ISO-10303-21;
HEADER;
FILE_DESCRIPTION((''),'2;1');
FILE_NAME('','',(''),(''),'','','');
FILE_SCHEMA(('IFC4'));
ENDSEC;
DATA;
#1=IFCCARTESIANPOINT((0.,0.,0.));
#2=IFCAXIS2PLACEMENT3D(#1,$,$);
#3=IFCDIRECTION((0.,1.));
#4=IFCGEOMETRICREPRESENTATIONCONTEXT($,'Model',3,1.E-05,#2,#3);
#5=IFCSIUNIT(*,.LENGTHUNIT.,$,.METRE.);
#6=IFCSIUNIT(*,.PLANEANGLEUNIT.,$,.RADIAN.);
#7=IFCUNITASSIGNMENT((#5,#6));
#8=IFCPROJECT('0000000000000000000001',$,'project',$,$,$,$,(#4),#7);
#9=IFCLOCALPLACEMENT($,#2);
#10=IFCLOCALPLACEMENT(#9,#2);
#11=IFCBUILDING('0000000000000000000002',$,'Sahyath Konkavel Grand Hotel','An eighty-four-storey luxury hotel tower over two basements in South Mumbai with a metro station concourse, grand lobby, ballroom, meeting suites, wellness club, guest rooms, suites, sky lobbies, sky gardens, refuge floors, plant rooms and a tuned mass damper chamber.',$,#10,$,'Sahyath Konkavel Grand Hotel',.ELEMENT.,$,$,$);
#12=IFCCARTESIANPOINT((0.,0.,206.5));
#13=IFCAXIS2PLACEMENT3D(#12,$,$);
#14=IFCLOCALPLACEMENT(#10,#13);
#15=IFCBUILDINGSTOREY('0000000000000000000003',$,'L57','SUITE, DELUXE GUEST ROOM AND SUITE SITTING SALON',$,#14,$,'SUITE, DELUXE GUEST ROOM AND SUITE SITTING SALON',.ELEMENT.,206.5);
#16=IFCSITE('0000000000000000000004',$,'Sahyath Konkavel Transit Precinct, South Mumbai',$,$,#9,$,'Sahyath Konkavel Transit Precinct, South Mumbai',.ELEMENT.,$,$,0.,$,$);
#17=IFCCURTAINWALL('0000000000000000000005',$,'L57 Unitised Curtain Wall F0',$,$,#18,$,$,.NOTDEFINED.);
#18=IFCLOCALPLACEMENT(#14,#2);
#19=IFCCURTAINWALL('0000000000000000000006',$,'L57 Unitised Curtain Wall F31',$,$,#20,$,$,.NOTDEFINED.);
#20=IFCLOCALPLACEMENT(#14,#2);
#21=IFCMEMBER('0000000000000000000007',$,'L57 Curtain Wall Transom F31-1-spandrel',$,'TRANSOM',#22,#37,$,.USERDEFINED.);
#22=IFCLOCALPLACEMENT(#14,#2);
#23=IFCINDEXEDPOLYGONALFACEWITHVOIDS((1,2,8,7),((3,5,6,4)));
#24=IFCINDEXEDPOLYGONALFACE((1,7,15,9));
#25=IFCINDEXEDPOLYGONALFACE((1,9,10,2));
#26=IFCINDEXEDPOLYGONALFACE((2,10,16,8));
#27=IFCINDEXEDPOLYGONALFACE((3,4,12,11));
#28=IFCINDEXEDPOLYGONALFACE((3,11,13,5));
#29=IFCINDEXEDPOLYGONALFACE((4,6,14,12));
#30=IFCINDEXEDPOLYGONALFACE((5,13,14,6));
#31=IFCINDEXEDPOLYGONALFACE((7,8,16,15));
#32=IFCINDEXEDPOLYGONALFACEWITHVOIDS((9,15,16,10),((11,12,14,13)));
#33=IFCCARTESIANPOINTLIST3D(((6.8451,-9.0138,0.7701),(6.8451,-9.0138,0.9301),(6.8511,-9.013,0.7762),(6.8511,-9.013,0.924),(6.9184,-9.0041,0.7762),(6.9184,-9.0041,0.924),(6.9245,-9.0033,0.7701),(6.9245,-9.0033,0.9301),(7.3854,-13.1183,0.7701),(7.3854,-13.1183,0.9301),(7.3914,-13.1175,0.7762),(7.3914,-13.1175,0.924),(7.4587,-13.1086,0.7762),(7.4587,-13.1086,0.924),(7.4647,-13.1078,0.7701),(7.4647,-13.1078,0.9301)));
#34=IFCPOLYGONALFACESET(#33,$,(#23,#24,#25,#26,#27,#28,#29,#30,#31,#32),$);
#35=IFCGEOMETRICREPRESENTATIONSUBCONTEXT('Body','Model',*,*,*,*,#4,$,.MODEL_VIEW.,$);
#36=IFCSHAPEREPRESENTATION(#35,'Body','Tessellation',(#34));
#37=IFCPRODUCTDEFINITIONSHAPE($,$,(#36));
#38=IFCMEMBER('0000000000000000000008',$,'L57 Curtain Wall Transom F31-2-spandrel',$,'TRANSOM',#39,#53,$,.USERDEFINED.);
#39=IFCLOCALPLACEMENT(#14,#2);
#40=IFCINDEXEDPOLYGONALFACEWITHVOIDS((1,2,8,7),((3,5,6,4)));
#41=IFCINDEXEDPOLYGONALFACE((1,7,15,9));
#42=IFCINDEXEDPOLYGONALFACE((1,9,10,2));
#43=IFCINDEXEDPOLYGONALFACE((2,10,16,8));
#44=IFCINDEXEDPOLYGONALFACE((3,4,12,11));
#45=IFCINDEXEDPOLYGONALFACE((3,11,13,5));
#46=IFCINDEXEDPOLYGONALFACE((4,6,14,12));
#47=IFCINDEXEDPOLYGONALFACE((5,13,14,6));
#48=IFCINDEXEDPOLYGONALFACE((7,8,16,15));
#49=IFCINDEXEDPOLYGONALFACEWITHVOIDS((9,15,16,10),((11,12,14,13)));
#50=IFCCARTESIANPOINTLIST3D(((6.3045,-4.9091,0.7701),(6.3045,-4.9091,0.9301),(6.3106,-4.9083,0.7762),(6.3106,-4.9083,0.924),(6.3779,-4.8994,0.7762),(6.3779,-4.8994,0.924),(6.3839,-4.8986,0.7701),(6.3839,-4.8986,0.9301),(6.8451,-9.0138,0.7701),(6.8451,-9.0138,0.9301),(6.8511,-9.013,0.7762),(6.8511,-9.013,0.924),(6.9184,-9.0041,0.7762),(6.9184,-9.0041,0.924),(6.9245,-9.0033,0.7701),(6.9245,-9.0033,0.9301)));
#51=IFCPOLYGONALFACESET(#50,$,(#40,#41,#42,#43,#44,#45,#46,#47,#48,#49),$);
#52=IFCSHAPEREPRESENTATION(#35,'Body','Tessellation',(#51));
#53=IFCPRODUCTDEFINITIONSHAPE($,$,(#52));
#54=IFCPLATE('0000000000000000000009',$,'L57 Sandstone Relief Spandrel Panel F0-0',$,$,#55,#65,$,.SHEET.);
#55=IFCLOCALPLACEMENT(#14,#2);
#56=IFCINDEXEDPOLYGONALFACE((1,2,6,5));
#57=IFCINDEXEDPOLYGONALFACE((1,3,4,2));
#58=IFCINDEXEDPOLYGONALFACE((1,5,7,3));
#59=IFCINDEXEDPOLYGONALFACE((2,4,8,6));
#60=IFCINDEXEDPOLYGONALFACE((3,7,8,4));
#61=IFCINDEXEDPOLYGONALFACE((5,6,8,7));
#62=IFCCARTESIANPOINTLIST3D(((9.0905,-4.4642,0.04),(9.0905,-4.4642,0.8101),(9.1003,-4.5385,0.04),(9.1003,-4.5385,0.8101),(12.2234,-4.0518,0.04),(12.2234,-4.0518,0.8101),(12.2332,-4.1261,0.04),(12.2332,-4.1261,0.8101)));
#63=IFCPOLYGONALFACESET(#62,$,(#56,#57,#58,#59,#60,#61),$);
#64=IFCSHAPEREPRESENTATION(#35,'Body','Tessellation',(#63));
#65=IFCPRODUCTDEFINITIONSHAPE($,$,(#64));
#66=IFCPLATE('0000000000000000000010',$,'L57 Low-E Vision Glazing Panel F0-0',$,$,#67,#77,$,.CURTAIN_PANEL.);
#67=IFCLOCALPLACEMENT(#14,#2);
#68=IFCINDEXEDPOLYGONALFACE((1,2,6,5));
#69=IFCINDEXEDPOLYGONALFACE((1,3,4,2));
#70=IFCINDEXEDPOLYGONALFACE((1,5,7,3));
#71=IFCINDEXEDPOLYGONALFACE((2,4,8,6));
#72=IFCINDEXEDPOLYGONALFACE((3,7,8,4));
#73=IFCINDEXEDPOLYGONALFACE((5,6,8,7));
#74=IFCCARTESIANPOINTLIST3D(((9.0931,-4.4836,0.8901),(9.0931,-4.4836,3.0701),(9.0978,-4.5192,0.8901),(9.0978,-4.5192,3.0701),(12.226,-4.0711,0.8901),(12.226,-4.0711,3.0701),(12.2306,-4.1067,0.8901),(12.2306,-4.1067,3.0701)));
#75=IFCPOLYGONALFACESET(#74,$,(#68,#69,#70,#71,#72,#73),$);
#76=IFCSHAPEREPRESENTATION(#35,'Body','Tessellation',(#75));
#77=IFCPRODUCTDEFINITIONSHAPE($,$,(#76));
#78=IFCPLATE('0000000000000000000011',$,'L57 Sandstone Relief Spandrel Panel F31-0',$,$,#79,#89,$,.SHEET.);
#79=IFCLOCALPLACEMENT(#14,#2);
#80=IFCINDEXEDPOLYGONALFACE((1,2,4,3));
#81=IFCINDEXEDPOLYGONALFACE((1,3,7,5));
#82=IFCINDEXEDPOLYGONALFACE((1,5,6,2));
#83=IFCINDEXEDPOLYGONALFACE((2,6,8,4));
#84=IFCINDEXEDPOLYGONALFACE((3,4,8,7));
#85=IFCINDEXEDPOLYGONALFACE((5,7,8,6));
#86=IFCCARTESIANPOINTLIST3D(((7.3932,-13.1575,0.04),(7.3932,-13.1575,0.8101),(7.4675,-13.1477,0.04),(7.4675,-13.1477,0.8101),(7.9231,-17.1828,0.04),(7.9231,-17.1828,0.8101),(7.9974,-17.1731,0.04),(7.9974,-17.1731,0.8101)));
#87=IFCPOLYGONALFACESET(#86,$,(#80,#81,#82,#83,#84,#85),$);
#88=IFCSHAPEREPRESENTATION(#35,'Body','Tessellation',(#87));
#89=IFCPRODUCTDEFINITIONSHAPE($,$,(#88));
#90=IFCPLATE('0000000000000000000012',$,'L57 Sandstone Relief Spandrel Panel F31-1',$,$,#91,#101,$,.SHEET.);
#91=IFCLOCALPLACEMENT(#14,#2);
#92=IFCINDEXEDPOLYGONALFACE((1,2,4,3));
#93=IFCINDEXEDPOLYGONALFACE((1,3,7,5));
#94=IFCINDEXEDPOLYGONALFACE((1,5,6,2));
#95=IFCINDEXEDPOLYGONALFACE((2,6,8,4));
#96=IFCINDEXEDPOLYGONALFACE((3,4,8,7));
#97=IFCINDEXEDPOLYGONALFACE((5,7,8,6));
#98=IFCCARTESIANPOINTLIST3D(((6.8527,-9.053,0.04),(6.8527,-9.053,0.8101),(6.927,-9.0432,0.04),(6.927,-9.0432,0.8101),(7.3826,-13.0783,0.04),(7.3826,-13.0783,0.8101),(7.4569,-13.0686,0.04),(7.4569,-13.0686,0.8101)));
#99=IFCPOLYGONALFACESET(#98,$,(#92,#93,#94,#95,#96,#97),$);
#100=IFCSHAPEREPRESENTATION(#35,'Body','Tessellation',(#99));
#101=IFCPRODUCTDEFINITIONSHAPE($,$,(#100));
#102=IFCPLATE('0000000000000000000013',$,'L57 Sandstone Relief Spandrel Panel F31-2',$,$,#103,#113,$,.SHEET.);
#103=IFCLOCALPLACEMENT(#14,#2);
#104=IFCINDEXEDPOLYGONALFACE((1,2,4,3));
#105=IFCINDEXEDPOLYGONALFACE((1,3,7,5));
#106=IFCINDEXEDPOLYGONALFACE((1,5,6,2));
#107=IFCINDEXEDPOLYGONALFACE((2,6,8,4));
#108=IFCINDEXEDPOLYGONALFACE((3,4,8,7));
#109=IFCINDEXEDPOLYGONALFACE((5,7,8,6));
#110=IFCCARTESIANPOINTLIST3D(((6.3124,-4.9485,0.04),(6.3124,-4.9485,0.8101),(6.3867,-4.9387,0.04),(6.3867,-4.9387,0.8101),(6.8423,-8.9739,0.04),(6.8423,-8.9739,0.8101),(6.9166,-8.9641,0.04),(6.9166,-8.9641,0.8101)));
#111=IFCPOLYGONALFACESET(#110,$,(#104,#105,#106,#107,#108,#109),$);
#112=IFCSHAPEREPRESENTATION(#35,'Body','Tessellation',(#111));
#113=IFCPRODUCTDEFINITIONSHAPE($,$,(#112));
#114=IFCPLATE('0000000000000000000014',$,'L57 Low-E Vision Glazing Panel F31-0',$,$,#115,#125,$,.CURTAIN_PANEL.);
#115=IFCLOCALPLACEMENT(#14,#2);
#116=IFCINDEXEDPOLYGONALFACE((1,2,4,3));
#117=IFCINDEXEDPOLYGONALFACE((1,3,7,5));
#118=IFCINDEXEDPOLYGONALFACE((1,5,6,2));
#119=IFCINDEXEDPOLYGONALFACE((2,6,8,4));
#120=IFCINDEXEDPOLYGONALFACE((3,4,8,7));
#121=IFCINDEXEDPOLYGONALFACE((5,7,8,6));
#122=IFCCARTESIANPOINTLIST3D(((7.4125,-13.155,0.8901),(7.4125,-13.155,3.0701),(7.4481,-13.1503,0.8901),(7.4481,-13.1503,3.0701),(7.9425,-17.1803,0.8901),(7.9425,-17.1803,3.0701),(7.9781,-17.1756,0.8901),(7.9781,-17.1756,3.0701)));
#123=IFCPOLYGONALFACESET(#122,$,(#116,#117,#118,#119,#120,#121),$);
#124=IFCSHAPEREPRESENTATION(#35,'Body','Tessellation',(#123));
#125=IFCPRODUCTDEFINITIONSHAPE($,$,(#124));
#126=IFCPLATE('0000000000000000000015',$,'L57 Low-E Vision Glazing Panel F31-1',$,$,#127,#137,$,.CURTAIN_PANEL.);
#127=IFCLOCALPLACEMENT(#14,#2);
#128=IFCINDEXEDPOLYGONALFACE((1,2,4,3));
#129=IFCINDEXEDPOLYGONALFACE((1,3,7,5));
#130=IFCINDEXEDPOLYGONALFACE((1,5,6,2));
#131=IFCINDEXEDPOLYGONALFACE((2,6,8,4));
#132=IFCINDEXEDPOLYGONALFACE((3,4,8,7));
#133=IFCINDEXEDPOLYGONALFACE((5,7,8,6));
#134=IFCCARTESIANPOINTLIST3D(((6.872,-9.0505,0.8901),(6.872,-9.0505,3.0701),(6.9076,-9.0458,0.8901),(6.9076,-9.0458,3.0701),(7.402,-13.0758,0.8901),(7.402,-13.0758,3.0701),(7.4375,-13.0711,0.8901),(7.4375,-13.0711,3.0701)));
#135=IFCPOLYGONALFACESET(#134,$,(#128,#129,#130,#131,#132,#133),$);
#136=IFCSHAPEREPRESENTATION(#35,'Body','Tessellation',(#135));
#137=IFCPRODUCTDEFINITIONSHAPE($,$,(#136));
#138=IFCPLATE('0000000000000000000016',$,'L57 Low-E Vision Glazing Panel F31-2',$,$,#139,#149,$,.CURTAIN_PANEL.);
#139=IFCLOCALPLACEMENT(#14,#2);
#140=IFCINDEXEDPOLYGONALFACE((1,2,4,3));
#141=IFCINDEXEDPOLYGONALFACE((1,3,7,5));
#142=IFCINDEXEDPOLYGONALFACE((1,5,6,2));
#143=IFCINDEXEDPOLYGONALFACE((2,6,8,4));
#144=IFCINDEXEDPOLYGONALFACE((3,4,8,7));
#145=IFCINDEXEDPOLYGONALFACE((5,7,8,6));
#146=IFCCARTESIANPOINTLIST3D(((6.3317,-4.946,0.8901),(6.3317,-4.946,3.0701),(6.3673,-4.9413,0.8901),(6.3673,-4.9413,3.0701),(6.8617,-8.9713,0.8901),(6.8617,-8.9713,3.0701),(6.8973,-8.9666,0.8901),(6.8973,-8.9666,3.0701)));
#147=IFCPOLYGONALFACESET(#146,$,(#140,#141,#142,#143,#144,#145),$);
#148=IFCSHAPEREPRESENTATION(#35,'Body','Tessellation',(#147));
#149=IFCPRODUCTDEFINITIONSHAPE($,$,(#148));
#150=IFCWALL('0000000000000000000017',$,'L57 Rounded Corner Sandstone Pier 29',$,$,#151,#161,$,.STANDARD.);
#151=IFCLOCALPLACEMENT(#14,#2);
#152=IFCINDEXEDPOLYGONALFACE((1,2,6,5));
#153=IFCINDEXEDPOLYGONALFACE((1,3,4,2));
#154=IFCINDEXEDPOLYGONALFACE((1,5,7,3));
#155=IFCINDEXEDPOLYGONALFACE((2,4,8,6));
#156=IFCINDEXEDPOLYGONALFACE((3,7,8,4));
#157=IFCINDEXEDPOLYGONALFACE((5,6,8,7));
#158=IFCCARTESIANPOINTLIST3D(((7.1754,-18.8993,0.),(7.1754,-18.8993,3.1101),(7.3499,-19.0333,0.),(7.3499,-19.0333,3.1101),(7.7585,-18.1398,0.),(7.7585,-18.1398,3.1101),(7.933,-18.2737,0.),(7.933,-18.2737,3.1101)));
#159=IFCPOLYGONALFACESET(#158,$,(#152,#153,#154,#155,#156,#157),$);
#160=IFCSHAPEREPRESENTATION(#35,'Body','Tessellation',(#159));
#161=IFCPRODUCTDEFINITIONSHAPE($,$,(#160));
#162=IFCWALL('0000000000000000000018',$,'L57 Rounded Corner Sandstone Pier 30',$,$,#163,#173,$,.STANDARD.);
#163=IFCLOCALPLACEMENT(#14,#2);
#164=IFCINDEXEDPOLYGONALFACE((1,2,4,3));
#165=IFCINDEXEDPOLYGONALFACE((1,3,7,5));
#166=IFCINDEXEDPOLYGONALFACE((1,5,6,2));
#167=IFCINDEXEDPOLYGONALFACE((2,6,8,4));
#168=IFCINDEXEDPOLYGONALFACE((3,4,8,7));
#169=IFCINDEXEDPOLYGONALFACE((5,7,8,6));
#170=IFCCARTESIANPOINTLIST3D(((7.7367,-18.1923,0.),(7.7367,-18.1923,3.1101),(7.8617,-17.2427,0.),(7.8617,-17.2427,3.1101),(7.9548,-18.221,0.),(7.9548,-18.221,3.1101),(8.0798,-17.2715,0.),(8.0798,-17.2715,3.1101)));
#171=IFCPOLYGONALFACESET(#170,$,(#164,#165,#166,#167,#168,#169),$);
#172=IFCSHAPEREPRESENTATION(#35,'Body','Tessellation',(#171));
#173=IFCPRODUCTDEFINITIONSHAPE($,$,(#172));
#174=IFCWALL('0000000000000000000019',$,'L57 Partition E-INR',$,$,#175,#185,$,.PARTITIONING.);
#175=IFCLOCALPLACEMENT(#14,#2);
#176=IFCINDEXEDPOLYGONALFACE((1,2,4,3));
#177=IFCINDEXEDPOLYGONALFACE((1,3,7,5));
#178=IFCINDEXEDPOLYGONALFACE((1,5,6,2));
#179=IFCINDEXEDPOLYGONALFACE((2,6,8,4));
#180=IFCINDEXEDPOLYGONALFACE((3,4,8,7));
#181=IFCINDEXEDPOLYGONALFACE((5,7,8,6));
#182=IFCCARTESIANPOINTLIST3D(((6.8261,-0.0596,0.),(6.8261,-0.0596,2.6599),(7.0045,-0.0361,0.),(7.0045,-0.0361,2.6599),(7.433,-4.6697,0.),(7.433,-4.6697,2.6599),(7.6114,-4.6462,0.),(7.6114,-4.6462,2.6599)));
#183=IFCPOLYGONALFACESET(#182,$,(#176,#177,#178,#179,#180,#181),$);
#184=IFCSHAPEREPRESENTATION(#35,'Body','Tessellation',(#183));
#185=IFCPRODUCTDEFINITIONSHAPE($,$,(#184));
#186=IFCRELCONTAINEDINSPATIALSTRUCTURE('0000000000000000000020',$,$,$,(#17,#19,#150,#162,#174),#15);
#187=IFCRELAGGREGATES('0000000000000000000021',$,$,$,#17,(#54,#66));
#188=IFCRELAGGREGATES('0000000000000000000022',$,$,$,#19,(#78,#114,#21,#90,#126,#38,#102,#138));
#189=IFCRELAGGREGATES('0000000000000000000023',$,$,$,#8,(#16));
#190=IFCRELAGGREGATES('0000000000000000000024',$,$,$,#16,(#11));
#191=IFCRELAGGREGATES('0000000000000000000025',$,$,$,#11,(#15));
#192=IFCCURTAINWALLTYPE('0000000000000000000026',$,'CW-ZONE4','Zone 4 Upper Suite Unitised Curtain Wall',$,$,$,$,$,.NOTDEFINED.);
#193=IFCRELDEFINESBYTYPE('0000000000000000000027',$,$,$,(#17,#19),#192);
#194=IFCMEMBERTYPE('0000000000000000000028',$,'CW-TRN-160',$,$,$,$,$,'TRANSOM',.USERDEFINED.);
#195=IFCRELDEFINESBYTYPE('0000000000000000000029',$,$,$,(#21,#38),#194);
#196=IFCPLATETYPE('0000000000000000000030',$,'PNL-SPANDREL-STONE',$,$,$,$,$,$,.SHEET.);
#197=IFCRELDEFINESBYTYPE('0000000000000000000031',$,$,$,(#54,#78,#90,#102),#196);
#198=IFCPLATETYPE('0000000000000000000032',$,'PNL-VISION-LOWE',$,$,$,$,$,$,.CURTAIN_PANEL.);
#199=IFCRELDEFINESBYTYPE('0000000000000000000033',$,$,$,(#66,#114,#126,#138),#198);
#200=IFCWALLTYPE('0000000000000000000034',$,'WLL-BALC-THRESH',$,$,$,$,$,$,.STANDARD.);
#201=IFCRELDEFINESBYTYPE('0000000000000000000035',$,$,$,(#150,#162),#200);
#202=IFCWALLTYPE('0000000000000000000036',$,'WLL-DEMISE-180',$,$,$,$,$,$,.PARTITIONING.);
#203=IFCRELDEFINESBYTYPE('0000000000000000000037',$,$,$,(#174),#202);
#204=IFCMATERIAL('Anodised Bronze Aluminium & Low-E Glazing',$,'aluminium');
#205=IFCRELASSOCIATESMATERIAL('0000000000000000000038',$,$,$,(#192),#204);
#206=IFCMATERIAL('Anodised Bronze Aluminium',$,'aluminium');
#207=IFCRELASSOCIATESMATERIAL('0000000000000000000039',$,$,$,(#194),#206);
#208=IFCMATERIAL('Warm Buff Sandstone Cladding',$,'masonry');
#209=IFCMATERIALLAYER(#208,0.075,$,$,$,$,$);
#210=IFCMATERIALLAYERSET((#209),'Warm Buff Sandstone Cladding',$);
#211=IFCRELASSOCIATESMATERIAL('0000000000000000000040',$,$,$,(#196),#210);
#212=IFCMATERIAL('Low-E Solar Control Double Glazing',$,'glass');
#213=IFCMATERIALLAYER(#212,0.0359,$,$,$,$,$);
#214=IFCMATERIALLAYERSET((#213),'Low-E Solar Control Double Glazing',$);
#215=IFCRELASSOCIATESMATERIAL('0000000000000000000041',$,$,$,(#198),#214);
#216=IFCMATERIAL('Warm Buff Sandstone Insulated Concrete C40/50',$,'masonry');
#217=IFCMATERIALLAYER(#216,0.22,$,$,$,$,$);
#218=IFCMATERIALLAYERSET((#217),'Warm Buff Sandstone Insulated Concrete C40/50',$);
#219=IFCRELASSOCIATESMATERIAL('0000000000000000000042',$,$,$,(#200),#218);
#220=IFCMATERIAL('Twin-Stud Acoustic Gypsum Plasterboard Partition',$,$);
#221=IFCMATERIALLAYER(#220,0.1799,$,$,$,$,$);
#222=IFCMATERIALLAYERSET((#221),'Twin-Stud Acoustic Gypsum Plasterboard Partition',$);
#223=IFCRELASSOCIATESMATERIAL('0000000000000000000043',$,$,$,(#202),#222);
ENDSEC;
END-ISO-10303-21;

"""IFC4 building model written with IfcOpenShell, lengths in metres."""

from ifc_helpers import new_model, si_unit, direction, frame, frame_2d, origin, origin_2d, place, context, subcontext, project, spatial, rectangle, hollow_rectangle, extrude, source, transform, mapped, material, layer, layer_set, material_profile, profile_set, type_object, element, aggregate, save


model = new_model("IFC4")

# Units and contexts
model_context = context("Model", 3, precision=1e-05, world=origin(), true_north=direction((0.0, 1.0)))
body_context = subcontext(model_context, "Body", "Model", "MODEL_VIEW")
ifc_project = project(units=[si_unit("LENGTHUNIT", "METRE"), si_unit("PLANEANGLEUNIT", "RADIAN")], contexts=[model_context])

# Site, building, storey
site_placement = place(None, origin())
site = spatial("IfcSite", under=ifc_project, at=site_placement, Name="Sahyath Konkavel Transit Precinct, South Mumbai", LongName="Sahyath Konkavel Transit Precinct, South Mumbai", CompositionType="ELEMENT", RefElevation=0.0)
building_placement = place(site_placement, origin())
building = spatial("IfcBuilding", under=site, at=building_placement, Name="Sahyath Konkavel Grand Hotel", Description="An eighty-four-storey luxury hotel tower over two basements in South Mumbai with a metro station concourse, grand lobby, ballroom, meeting suites, wellness club, guest rooms, suites, sky lobbies, sky gardens, refuge floors, plant rooms and a tuned mass damper chamber.", LongName="Sahyath Konkavel Grand Hotel", CompositionType="ELEMENT")
storey_placement = place(building_placement, frame((0.0, 0.0, 206.5)))
storey = spatial("IfcBuildingStorey", under=building, at=storey_placement, Name="L57", Description="SUITE, DELUXE GUEST ROOM AND SUITE SITTING SALON", LongName="SUITE, DELUXE GUEST ROOM AND SUITE SITTING SALON", CompositionType="ELEMENT", Elevation=206.5)

# Curtain walls
ifc_material_1 = material(Name="Anodised Bronze Aluminium & Low-E Glazing", Category="aluminium")
curtain_wall_type = type_object("IfcCurtainWallType", Name="CW-ZONE4", Description="Zone 4 Upper Suite Unitised Curtain Wall", PredefinedType="NOTDEFINED", material=ifc_material_1)
curtain_wall_1_placement = place(storey_placement, origin())
curtain_wall_1 = element("IfcCurtainWall", 1, at=curtain_wall_1_placement, inside=storey, type_object=curtain_wall_type, Name="L57 Unitised Curtain Wall F0", PredefinedType="NOTDEFINED")
curtain_wall_2_placement = place(storey_placement, origin())
curtain_wall_2 = element("IfcCurtainWall", 2, at=curtain_wall_2_placement, inside=storey, type_object=curtain_wall_type, Name="L57 Unitised Curtain Wall F31", PredefinedType="NOTDEFINED")

# Shared definitions
ifc_material_2 = material(Name="Anodised Bronze Aluminium", Category="aluminium")

# Members
ifc_material_profile_1 = material_profile(ifc_material_2, hollow_rectangle(XDim=0.0801, YDim=0.1599, WallThickness=0.0061, at=origin_2d()), Name="RHS 160x80x6")
ifc_profile_set_1 = profile_set([ifc_material_profile_1], Name="Anodised Bronze Aluminium")
member_type_1 = type_object("IfcMemberType", Name="CW-TRN-160", ElementType="TRANSOM", PredefinedType="USERDEFINED", material=ifc_profile_set_1)
shared_shape_1 = source(origin(), body_context, "Body", "SweptSolid", [
    extrude(hollow_rectangle(XDim=0.0801, YDim=0.1599, WallThickness=0.0061, at=origin_2d()), origin(), (0.0, 0.0, 1.0), 4.1399),
])
member_1_placement = place(storey_placement, frame((7.425, -13.113, 0.8501), z_axis=(-0.130506, 0.991447, 0.0), x_axis=(-0.991447, -0.130506, 0.0)))
member_1 = element("IfcMember", 3, at=member_1_placement, type_object=member_type_1, Name="L57 Curtain Wall Transom F31-1-spandrel", ObjectType="TRANSOM", PredefinedType="USERDEFINED", context=body_context, shape_type="MappedRepresentation", body=[
    mapped(shared_shape_1, transform((0.0, 0.0, 0.0), scale=1.0)),
])
shared_shape_2 = source(origin(), body_context, "Body", "SweptSolid", [
    extrude(hollow_rectangle(XDim=0.0801, YDim=0.1599, WallThickness=0.0061, at=origin_2d()), origin(), (0.0, 0.0, 1.0), 4.1401),
])
member_2_placement = place(storey_placement, frame((6.8848, -9.0085, 0.8501), z_axis=(-0.130557, 0.991441, 0.0), x_axis=(-0.991441, -0.130557, 0.0)))
member_2 = element("IfcMember", 4, at=member_2_placement, type_object=member_type_1, Name="L57 Curtain Wall Transom F31-2-spandrel", ObjectType="TRANSOM", PredefinedType="USERDEFINED", context=body_context, shape_type="MappedRepresentation", body=[
    mapped(shared_shape_2, transform((0.0, 0.0, 0.0), scale=1.0)),
])

# Plates
ifc_material_3 = material(Name="Warm Buff Sandstone Cladding", Category="masonry")
ifc_layer_1 = layer(ifc_material_3, 0.075)
ifc_layer_set_1 = layer_set([ifc_layer_1], Name="Warm Buff Sandstone Cladding")
plate_type_1 = type_object("IfcPlateType", Name="PNL-SPANDREL-STONE", PredefinedType="SHEET", material=ifc_layer_set_1)
shared_shape_3 = source(origin(), body_context, "Body", "SweptSolid", [
    extrude(rectangle(XDim=3.1599, YDim=0.075, at=origin_2d()), origin(), (0.0, 0.0, 1.0), 0.77),
])
plate_1_placement = place(storey_placement, frame((10.6619, -4.2952, 0.04), z_axis=(0.0, 0.0, 1.0), x_axis=(0.991445, 0.130526, 0.0)))
plate_1 = element("IfcPlate", 5, at=plate_1_placement, type_object=plate_type_1, Name="L57 Sandstone Relief Spandrel Panel F0-0", PredefinedType="SHEET", context=body_context, shape_type="MappedRepresentation", body=[
    mapped(shared_shape_3, transform((0.0, 0.0, 0.0), scale=1.0)),
])
ifc_material_4 = material(Name="Low-E Solar Control Double Glazing", Category="glass")
ifc_layer_2 = layer(ifc_material_4, 0.0359)
ifc_layer_set_2 = layer_set([ifc_layer_2], Name="Low-E Solar Control Double Glazing")
plate_type_2 = type_object("IfcPlateType", Name="PNL-VISION-LOWE", PredefinedType="CURTAIN_PANEL", material=ifc_layer_set_2)
shared_shape_4 = source(origin(), body_context, "Body", "SweptSolid", [
    extrude(rectangle(XDim=3.1599, YDim=0.0359, at=origin_2d()), origin(), (0.0, 0.0, 1.0), 2.1799),
])
plate_2_placement = place(storey_placement, frame((10.6619, -4.2952, 0.8901), z_axis=(0.0, 0.0, 1.0), x_axis=(0.991445, 0.130526, 0.0)))
plate_2 = element("IfcPlate", 6, at=plate_2_placement, type_object=plate_type_2, Name="L57 Low-E Vision Glazing Panel F0-0", PredefinedType="CURTAIN_PANEL", context=body_context, shape_type="MappedRepresentation", body=[
    mapped(shared_shape_4, transform((0.0, 0.0, 0.0), scale=1.0)),
])
aggregate(curtain_wall_1, [plate_1, plate_2])
shared_shape_5 = source(origin(), body_context, "Body", "SweptSolid", [
    extrude(rectangle(XDim=4.0601, YDim=0.075, at=origin_2d()), origin(), (0.0, 0.0, 1.0), 0.77),
])
plate_3_placement = place(storey_placement, frame((7.6953, -15.1653, 0.04), z_axis=(0.0, 0.0, 1.0), x_axis=(-0.130526, 0.991445, 0.0)))
plate_3 = element("IfcPlate", 7, at=plate_3_placement, type_object=plate_type_1, Name="L57 Sandstone Relief Spandrel Panel F31-0", PredefinedType="SHEET", context=body_context, shape_type="MappedRepresentation", body=[
    mapped(shared_shape_5, transform((0.0, 0.0, 0.0), scale=1.0)),
])
plate_4_placement = place(storey_placement, frame((7.1548, -11.0608, 0.04), z_axis=(0.0, 0.0, 1.0), x_axis=(-0.130526, 0.991445, 0.0)))
plate_4 = element("IfcPlate", 8, at=plate_4_placement, type_object=plate_type_1, Name="L57 Sandstone Relief Spandrel Panel F31-1", PredefinedType="SHEET", context=body_context, shape_type="MappedRepresentation", body=[
    mapped(shared_shape_5, transform((0.0, 0.0, 0.0), scale=1.0)),
])
plate_5_placement = place(storey_placement, frame((6.6145, -6.9563, 0.04), z_axis=(0.0, 0.0, 1.0), x_axis=(-0.130526, 0.991445, 0.0)))
plate_5 = element("IfcPlate", 9, at=plate_5_placement, type_object=plate_type_1, Name="L57 Sandstone Relief Spandrel Panel F31-2", PredefinedType="SHEET", context=body_context, shape_type="MappedRepresentation", body=[
    mapped(shared_shape_5, transform((0.0, 0.0, 0.0), scale=1.0)),
])
shared_shape_6 = source(origin(), body_context, "Body", "SweptSolid", [
    extrude(rectangle(XDim=4.0601, YDim=0.0359, at=origin_2d()), origin(), (0.0, 0.0, 1.0), 2.1799),
])
plate_6_placement = place(storey_placement, frame((7.6953, -15.1653, 0.8901), z_axis=(0.0, 0.0, 1.0), x_axis=(-0.130526, 0.991445, 0.0)))
plate_6 = element("IfcPlate", 10, at=plate_6_placement, type_object=plate_type_2, Name="L57 Low-E Vision Glazing Panel F31-0", PredefinedType="CURTAIN_PANEL", context=body_context, shape_type="MappedRepresentation", body=[
    mapped(shared_shape_6, transform((0.0, 0.0, 0.0), scale=1.0)),
])
plate_7_placement = place(storey_placement, frame((7.1548, -11.0608, 0.8901), z_axis=(0.0, 0.0, 1.0), x_axis=(-0.130526, 0.991445, 0.0)))
plate_7 = element("IfcPlate", 11, at=plate_7_placement, type_object=plate_type_2, Name="L57 Low-E Vision Glazing Panel F31-1", PredefinedType="CURTAIN_PANEL", context=body_context, shape_type="MappedRepresentation", body=[
    mapped(shared_shape_6, transform((0.0, 0.0, 0.0), scale=1.0)),
])
plate_8_placement = place(storey_placement, frame((6.6145, -6.9563, 0.8901), z_axis=(0.0, 0.0, 1.0), x_axis=(-0.130526, 0.991445, 0.0)))
plate_8 = element("IfcPlate", 12, at=plate_8_placement, type_object=plate_type_2, Name="L57 Low-E Vision Glazing Panel F31-2", PredefinedType="CURTAIN_PANEL", context=body_context, shape_type="MappedRepresentation", body=[
    mapped(shared_shape_6, transform((0.0, 0.0, 0.0), scale=1.0)),
])
aggregate(curtain_wall_2, [plate_3, plate_6, member_1, plate_4, plate_7, member_2, plate_5, plate_8])

# Walls
ifc_material_5 = material(Name="Warm Buff Sandstone Insulated Concrete C40/50", Category="masonry")
ifc_layer_3 = layer(ifc_material_5, 0.22)
ifc_layer_set_3 = layer_set([ifc_layer_3], Name="Warm Buff Sandstone Insulated Concrete C40/50")
wall_type_1 = type_object("IfcWallType", Name="WLL-BALC-THRESH", PredefinedType="STANDARD", material=ifc_layer_set_3)
wall_1_placement = place(storey_placement, frame((7.2627, -18.9663, 0.0), z_axis=(0.0, 0.0, 1.0), x_axis=(0.608897, 0.793249, 0.0)))
element("IfcWall", 13, at=wall_1_placement, inside=storey, type_object=wall_type_1, Name="L57 Rounded Corner Sandstone Pier 29", PredefinedType="STANDARD", context=body_context, shape_type="SweptSolid", body=[
    extrude(rectangle(XDim=0.9575, YDim=0.22, at=frame_2d((0.4788, 0.0))), origin(), (0.0, 0.0, 1.0), 3.1101),
])
wall_2_placement = place(storey_placement, frame((7.8457, -18.2068, 0.0), z_axis=(0.0, 0.0, 1.0), x_axis=(0.130527, 0.991445, 0.0)))
element("IfcWall", 14, at=wall_2_placement, inside=storey, type_object=wall_type_1, Name="L57 Rounded Corner Sandstone Pier 30", PredefinedType="STANDARD", context=body_context, shape_type="SweptSolid", body=[
    extrude(rectangle(XDim=0.9578, YDim=0.22, at=frame_2d((0.479, 0.0))), origin(), (0.0, 0.0, 1.0), 3.1101),
])
ifc_material_6 = material(Name="Twin-Stud Acoustic Gypsum Plasterboard Partition")
ifc_layer_4 = layer(ifc_material_6, 0.1799)
ifc_layer_set_4 = layer_set([ifc_layer_4], Name="Twin-Stud Acoustic Gypsum Plasterboard Partition")
wall_type_2 = type_object("IfcWallType", Name="WLL-DEMISE-180", PredefinedType="PARTITIONING", material=ifc_layer_set_4)
wall_3_placement = place(storey_placement, frame((7.5222, -4.658, 0.0), z_axis=(0.0, 0.0, 1.0), x_axis=(-0.130526, 0.991445, 0.0)))
element("IfcWall", 15, at=wall_3_placement, inside=storey, type_object=wall_type_2, Name="L57 Partition E-INR", PredefinedType="PARTITIONING", context=body_context, shape_type="SweptSolid", body=[
    extrude(rectangle(XDim=4.6499, YDim=0.1799, at=frame_2d((2.325, 0.0))), origin(), (0.0, 0.0, 1.0), 2.6599),
])

save(model, "model.ifc")
